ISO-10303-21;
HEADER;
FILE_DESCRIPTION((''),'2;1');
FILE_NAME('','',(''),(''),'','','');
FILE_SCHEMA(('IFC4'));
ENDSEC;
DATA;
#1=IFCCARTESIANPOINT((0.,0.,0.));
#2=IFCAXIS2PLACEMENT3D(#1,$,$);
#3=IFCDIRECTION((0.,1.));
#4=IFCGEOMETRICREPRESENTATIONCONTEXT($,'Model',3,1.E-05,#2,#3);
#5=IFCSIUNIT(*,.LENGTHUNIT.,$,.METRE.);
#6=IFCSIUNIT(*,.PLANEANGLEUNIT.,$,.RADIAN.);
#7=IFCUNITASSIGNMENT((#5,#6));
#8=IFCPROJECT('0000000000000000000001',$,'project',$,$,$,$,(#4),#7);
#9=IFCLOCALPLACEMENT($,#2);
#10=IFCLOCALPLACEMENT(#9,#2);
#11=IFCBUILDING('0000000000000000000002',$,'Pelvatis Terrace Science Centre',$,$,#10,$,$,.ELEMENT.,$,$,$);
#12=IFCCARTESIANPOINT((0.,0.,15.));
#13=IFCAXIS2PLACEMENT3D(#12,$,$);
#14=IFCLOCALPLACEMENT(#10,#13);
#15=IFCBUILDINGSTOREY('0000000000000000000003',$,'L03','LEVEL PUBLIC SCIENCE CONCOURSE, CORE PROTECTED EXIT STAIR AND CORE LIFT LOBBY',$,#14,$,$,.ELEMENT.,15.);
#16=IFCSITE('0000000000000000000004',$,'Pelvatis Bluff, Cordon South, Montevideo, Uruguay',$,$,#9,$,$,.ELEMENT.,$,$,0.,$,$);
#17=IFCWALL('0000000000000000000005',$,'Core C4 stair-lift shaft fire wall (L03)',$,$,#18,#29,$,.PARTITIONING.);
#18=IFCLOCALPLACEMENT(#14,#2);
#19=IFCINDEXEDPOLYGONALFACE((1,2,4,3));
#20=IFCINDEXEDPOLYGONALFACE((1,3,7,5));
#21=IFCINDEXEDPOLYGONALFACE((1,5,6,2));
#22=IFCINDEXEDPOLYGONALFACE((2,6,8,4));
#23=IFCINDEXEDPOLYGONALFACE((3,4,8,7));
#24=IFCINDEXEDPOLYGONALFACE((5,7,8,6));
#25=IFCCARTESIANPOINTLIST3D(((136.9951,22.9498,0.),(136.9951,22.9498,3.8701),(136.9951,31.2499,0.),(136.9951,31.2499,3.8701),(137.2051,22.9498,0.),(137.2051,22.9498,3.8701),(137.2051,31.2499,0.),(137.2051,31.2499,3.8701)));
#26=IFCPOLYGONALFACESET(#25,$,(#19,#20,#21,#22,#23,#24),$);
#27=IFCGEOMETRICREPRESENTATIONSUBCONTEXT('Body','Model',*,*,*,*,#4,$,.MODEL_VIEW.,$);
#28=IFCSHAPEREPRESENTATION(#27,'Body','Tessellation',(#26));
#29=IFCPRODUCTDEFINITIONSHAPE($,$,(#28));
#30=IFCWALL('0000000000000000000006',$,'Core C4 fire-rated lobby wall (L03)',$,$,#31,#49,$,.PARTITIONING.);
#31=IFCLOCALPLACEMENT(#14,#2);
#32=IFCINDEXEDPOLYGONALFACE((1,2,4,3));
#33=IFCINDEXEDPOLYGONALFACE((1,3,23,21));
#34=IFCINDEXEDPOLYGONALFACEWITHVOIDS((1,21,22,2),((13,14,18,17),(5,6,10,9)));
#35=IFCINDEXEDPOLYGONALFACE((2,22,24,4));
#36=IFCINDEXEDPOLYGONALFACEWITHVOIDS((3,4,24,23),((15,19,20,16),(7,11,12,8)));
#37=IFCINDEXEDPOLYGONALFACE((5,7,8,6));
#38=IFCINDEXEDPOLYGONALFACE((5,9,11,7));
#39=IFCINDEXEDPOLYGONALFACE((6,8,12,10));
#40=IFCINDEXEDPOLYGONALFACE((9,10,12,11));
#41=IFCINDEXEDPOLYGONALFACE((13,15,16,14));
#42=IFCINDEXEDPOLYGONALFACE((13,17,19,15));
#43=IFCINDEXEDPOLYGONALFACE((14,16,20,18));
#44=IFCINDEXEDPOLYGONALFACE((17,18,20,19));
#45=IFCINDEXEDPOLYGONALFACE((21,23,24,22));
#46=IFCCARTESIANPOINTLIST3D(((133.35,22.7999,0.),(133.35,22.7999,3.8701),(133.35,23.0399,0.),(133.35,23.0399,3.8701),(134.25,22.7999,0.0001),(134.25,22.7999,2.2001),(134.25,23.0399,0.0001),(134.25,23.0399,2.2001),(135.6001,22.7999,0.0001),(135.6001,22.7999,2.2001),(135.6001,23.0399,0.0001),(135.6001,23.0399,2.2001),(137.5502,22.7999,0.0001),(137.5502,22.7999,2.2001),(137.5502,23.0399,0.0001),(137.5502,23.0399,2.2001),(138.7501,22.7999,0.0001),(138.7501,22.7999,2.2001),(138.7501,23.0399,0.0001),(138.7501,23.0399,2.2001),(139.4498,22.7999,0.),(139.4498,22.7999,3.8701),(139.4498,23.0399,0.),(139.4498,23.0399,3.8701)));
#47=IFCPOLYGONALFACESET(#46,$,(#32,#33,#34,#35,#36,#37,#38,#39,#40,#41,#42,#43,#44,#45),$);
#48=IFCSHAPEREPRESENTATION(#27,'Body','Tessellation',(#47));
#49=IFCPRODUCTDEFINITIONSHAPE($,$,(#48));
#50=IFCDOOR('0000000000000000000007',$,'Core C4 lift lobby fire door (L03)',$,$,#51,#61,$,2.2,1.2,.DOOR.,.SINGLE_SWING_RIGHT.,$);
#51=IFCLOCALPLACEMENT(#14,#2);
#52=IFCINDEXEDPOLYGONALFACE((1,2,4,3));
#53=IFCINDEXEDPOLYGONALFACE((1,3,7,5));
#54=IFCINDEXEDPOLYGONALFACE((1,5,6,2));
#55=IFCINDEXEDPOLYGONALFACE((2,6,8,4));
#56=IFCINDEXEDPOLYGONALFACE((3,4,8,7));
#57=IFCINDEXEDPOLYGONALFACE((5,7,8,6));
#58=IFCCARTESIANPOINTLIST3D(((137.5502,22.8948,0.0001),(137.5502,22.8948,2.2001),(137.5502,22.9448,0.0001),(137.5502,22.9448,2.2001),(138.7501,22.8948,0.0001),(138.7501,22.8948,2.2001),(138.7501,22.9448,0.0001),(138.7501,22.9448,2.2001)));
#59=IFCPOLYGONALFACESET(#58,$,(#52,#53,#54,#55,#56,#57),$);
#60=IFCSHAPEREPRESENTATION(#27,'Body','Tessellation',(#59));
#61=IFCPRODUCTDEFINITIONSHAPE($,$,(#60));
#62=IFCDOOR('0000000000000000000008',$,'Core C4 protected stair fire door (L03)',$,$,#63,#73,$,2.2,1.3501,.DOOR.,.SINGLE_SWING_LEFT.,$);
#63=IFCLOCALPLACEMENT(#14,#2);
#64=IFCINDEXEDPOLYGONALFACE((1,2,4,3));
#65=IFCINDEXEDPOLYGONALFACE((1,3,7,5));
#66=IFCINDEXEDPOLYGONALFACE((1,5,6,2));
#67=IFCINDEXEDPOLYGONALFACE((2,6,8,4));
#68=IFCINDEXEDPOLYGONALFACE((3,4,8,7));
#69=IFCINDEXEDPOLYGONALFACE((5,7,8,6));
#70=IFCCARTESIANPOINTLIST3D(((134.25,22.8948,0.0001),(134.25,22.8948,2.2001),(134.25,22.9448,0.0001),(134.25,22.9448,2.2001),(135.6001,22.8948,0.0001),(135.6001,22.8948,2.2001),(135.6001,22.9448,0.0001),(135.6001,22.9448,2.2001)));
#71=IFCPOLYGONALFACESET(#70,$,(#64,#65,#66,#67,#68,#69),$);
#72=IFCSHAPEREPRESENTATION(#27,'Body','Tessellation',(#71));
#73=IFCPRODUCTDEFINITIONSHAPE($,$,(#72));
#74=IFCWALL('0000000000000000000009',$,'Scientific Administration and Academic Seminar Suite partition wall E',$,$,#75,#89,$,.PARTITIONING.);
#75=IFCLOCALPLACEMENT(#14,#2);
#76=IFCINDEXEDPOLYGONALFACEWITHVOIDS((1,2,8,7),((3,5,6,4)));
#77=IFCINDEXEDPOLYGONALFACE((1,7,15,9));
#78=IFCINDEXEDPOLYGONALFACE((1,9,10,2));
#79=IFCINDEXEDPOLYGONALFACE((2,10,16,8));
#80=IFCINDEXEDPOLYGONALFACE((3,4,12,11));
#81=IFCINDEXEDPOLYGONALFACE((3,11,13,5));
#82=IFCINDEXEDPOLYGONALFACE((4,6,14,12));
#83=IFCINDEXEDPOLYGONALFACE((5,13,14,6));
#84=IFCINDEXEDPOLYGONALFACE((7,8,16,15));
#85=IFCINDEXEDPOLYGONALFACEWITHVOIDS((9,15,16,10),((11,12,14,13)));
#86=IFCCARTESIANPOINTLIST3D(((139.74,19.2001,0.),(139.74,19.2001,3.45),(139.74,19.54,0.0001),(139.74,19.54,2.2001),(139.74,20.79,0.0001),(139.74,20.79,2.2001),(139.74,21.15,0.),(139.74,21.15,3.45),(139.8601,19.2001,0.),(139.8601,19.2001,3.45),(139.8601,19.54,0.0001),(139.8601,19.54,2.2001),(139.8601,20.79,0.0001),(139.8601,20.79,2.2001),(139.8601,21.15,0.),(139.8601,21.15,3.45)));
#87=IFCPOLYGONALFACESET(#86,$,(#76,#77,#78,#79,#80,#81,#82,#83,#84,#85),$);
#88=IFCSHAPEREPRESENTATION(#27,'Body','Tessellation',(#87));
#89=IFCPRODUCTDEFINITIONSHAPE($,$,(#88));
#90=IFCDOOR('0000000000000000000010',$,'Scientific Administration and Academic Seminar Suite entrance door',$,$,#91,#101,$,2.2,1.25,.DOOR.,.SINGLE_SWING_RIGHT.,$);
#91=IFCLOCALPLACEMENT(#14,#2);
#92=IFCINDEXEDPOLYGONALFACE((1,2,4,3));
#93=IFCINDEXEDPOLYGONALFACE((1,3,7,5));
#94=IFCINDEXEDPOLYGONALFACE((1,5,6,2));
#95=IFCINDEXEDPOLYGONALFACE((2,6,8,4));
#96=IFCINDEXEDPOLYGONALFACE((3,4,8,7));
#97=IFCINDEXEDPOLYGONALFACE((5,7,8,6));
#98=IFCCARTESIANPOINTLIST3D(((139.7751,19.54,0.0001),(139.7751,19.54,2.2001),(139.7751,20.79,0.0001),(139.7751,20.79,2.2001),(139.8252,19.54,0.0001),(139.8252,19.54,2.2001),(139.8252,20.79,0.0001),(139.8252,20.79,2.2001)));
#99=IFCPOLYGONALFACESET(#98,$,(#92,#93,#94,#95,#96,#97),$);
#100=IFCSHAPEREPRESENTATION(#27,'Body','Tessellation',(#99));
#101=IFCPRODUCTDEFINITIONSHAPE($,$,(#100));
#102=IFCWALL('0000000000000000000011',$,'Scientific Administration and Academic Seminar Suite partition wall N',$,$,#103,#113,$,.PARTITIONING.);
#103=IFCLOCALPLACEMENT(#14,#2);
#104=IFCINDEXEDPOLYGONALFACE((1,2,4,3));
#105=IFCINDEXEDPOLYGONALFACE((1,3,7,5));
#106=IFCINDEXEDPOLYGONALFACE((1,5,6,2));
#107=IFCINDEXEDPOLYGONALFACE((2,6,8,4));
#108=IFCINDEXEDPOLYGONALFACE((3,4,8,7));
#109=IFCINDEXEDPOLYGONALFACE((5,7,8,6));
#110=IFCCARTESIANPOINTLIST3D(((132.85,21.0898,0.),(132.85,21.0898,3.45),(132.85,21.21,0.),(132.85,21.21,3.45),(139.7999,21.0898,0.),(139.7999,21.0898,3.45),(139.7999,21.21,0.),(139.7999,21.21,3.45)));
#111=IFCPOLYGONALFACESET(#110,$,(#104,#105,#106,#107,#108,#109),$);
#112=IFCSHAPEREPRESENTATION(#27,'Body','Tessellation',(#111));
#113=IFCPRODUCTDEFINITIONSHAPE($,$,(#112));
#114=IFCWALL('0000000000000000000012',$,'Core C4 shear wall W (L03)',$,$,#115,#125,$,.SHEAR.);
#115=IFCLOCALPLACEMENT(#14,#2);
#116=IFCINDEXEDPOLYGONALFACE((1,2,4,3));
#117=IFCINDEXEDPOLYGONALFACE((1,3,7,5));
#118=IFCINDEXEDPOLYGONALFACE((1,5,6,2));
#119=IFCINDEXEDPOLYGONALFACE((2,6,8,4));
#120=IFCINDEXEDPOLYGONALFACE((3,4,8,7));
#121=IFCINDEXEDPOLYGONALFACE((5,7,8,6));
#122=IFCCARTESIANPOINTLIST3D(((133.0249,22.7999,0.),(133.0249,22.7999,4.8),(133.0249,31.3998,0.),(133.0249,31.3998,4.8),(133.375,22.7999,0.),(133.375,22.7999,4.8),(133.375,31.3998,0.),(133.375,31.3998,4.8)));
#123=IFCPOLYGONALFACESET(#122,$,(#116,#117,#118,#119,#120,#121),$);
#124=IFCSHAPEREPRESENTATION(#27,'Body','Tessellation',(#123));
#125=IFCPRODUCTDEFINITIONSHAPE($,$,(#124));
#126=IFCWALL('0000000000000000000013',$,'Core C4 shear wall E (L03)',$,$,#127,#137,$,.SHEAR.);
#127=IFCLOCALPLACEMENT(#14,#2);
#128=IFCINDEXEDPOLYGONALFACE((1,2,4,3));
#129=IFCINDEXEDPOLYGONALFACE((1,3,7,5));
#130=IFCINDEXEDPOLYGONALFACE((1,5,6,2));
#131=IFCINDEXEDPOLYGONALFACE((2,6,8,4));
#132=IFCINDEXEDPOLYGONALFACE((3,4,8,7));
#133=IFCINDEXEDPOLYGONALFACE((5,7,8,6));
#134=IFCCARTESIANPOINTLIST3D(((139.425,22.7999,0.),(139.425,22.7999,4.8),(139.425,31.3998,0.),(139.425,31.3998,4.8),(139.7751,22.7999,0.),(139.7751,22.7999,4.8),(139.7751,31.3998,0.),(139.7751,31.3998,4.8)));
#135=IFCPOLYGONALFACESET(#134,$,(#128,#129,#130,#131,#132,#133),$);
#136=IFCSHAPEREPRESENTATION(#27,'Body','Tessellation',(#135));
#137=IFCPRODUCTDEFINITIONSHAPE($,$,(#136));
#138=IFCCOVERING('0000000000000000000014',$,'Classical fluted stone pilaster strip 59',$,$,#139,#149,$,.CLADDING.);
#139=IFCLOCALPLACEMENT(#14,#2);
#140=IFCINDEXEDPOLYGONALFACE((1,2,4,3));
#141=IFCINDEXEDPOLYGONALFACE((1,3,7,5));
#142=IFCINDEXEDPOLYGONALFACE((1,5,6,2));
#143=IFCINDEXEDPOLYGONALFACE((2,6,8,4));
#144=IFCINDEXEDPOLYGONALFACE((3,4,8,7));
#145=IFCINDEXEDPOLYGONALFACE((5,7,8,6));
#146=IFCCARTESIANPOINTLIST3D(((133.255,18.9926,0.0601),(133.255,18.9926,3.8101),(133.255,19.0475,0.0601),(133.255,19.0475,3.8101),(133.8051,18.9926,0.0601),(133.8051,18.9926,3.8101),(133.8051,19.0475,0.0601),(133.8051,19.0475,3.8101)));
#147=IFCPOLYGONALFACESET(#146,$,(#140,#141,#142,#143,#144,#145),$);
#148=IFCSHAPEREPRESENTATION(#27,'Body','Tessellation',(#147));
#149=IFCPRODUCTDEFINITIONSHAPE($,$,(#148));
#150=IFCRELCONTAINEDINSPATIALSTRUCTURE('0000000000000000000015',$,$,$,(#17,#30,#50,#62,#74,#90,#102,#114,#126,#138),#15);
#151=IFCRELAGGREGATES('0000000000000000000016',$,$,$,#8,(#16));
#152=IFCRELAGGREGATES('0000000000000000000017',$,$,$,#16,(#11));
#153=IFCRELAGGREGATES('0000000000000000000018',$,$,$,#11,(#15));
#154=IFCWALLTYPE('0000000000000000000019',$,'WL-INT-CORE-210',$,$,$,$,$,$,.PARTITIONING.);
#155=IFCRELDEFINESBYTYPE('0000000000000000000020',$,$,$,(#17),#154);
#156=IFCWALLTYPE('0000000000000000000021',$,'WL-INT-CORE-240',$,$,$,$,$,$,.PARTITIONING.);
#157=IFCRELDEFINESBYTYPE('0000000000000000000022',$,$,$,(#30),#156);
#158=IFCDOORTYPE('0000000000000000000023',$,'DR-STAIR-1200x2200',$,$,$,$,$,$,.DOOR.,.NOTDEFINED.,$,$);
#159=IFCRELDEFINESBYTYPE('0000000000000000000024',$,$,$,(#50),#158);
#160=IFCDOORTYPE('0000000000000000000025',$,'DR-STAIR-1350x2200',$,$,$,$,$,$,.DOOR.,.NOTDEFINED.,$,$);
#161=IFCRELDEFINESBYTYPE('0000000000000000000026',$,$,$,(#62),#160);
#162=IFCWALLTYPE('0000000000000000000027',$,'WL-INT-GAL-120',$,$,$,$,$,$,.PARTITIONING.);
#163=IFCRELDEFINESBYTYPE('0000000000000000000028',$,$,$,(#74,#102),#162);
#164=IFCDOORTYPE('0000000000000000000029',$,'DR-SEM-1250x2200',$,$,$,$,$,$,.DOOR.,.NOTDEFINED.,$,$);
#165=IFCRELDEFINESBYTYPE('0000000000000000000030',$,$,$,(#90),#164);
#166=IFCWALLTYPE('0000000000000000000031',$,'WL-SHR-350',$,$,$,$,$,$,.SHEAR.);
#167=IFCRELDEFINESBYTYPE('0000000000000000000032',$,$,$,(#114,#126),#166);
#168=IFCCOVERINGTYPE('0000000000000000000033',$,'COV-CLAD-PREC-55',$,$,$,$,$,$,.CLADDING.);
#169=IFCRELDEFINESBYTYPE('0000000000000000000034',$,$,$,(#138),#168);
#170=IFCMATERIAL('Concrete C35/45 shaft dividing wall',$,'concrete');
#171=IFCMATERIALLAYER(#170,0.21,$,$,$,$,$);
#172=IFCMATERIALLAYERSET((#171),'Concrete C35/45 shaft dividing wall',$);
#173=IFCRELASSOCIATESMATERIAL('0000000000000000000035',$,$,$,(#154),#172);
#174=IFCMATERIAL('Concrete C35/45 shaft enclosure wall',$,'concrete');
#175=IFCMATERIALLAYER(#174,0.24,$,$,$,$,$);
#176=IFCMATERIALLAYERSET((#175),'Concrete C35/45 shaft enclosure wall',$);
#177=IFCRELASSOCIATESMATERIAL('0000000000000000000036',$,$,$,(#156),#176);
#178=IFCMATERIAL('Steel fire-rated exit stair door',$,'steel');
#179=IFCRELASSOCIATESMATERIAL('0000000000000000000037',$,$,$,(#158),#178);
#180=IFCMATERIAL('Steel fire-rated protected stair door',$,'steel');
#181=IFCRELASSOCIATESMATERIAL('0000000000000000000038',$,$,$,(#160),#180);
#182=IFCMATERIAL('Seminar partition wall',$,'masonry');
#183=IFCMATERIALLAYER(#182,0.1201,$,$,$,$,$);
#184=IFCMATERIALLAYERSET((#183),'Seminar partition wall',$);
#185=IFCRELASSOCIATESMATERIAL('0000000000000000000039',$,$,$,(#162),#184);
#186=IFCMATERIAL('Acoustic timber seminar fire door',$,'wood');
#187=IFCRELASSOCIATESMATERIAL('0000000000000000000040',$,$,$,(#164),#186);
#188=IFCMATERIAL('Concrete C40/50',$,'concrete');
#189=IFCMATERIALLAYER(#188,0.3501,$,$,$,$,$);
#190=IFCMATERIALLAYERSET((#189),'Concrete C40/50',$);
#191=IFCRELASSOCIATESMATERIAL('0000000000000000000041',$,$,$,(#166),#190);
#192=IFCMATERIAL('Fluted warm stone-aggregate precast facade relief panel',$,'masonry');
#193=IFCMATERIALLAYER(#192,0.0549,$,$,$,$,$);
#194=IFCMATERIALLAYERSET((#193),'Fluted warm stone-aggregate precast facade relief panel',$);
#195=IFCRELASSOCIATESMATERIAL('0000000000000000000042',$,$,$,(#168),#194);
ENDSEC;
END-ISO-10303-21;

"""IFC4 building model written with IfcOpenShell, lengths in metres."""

from ifc_helpers import new_model, si_unit, direction, frame, frame_2d, origin, origin_2d, place, context, subcontext, project, spatial, rectangle, extrude, material, layer, layer_set, type_object, element, fill, save


model = new_model("IFC4")

# Units and contexts
model_context = context("Model", 3, precision=1e-05, world=origin(), true_north=direction((0.0, 1.0)))
body_context = subcontext(model_context, "Body", "Model", "MODEL_VIEW")
ifc_project = project(units=[si_unit("LENGTHUNIT", "METRE"), si_unit("PLANEANGLEUNIT", "RADIAN")], contexts=[model_context])

# Site, building, storey
site_placement = place(None, origin())
site = spatial("IfcSite", under=ifc_project, at=site_placement, Name="Pelvatis Bluff, Cordon South, Montevideo, Uruguay", CompositionType="ELEMENT", RefElevation=0.0)
building_placement = place(site_placement, origin())
building = spatial("IfcBuilding", under=site, at=building_placement, Name="Pelvatis Terrace Science Centre", CompositionType="ELEMENT")
storey_placement = place(building_placement, frame((0.0, 0.0, 15.0)))
storey = spatial("IfcBuildingStorey", under=building, at=storey_placement, Name="L03", Description="LEVEL PUBLIC SCIENCE CONCOURSE, CORE PROTECTED EXIT STAIR AND CORE LIFT LOBBY", CompositionType="ELEMENT", Elevation=15.0)

# Wall
ifc_material_1 = material(Name="Concrete C35/45 shaft dividing wall", Category="concrete")
ifc_layer_1 = layer(ifc_material_1, 0.21)
ifc_layer_set_1 = layer_set([ifc_layer_1], Name="Concrete C35/45 shaft dividing wall")
wall_type_1 = type_object("IfcWallType", Name="WL-INT-CORE-210", PredefinedType="PARTITIONING", material=ifc_layer_set_1)
wall_1_placement = place(storey_placement, frame((137.1001, 22.95, 0.0), z_axis=(0.0, 0.0, 1.0), x_axis=(0.0, 1.0, 0.0)))
element("IfcWall", 1, at=wall_1_placement, inside=storey, type_object=wall_type_1, Name="Core C4 stair-lift shaft fire wall (L03)", PredefinedType="PARTITIONING", context=body_context, shape_type="SweptSolid", body=[
    extrude(rectangle(XDim=8.3, YDim=0.21, at=frame_2d((4.1499, 0.0))), origin(), (0.0, 0.0, 1.0), 3.8701),
])

# Wall, openings, doors
ifc_material_2 = material(Name="Concrete C35/45 shaft enclosure wall", Category="concrete")
ifc_layer_2 = layer(ifc_material_2, 0.24)
ifc_layer_set_2 = layer_set([ifc_layer_2], Name="Concrete C35/45 shaft enclosure wall")
wall_type_2 = type_object("IfcWallType", Name="WL-INT-CORE-240", PredefinedType="PARTITIONING", material=ifc_layer_set_2)
wall_2_placement = place(storey_placement, frame((133.3501, 22.9199, 0.0), z_axis=(0.0, 0.0, 1.0), x_axis=(1.0, 0.0, 0.0)))
wall_2 = element("IfcWall", 2, at=wall_2_placement, inside=storey, type_object=wall_type_2, Name="Core C4 fire-rated lobby wall (L03)", PredefinedType="PARTITIONING", context=body_context, shape_type="SweptSolid", body=[
    extrude(rectangle(XDim=6.0999, YDim=0.24, at=frame_2d((3.0498, 0.0))), origin(), (0.0, 0.0, 1.0), 3.8701),
])
opening_1_placement = place(wall_2_placement, frame((0.8999, 0.0, 0.0)))
opening_1 = element("IfcOpeningElement", 3, at=opening_1_placement, cuts=wall_2, PredefinedType="OPENING", context=body_context, shape_type="SweptSolid", body=[
    extrude(rectangle(XDim=1.3501, YDim=2.2, at=frame_2d((0.675, 1.1001))), frame((0.0, 0.1299, 0.0), z_axis=(0.0, -1.0, 0.0), x_axis=(1.0, 0.0, 0.0)), (0.0, 0.0, 1.0), 0.26),
])
opening_2_placement = place(wall_2_placement, frame((4.2, 0.0, 0.0)))
opening_2 = element("IfcOpeningElement", 4, at=opening_2_placement, cuts=wall_2, PredefinedType="OPENING", context=body_context, shape_type="SweptSolid", body=[
    extrude(rectangle(XDim=1.2, YDim=2.2, at=frame_2d((0.6001, 1.1001))), frame((0.0, 0.1299, 0.0), z_axis=(0.0, -1.0, 0.0), x_axis=(1.0, 0.0, 0.0)), (0.0, 0.0, 1.0), 0.26),
])
ifc_material_3 = material(Name="Steel fire-rated exit stair door", Category="steel")
door_type_1 = type_object("IfcDoorType", Name="DR-STAIR-1200x2200", OperationType="NOTDEFINED", PredefinedType="DOOR", material=ifc_material_3)
door_1_placement = place(opening_2_placement, origin())
door_1 = element("IfcDoor", 5, at=door_1_placement, inside=storey, type_object=door_type_1, Name="Core C4 lift lobby fire door (L03)", OperationType="SINGLE_SWING_RIGHT", OverallHeight=2.2, OverallWidth=1.2, PredefinedType="DOOR", context=body_context, shape_type="SweptSolid", body=[
    extrude(rectangle(XDim=1.2, YDim=2.2, at=frame_2d((0.6001, 1.1001))), frame((0.0, 0.0249, 0.0), z_axis=(0.0, -1.0, 0.0), x_axis=(1.0, 0.0, 0.0)), (0.0, 0.0, 1.0), 0.05),
])
fill(opening_2, door_1)
ifc_material_4 = material(Name="Steel fire-rated protected stair door", Category="steel")
door_type_2 = type_object("IfcDoorType", Name="DR-STAIR-1350x2200", OperationType="NOTDEFINED", PredefinedType="DOOR", material=ifc_material_4)
door_2_placement = place(opening_1_placement, origin())
door_2 = element("IfcDoor", 6, at=door_2_placement, inside=storey, type_object=door_type_2, Name="Core C4 protected stair fire door (L03)", OperationType="SINGLE_SWING_LEFT", OverallHeight=2.2, OverallWidth=1.3501, PredefinedType="DOOR", context=body_context, shape_type="SweptSolid", body=[
    extrude(rectangle(XDim=1.3501, YDim=2.2, at=frame_2d((0.675, 1.1001))), frame((0.0, 0.0249, 0.0), z_axis=(0.0, -1.0, 0.0), x_axis=(1.0, 0.0, 0.0)), (0.0, 0.0, 1.0), 0.05),
])
fill(opening_1, door_2)

# Wall, opening, door
ifc_material_5 = material(Name="Seminar partition wall", Category="masonry")
ifc_layer_3 = layer(ifc_material_5, 0.1201)
ifc_layer_set_3 = layer_set([ifc_layer_3], Name="Seminar partition wall")
wall_type_3 = type_object("IfcWallType", Name="WL-INT-GAL-120", PredefinedType="PARTITIONING", material=ifc_layer_set_3)
wall_3_placement = place(storey_placement, frame((139.8, 19.2, 0.0), z_axis=(0.0, 0.0, 1.0), x_axis=(0.0, 1.0, 0.0)))
wall_3 = element("IfcWall", 7, at=wall_3_placement, inside=storey, type_object=wall_type_3, Name="Scientific Administration and Academic Seminar Suite partition wall E", PredefinedType="PARTITIONING", context=body_context, shape_type="SweptSolid", body=[
    extrude(rectangle(XDim=1.95, YDim=0.1201, at=frame_2d((0.9751, 0.0))), origin(), (0.0, 0.0, 1.0), 3.45),
])
opening_3_placement = place(wall_3_placement, frame((0.3401, 0.0, 0.0)))
opening_3 = element("IfcOpeningElement", 8, at=opening_3_placement, cuts=wall_3, PredefinedType="OPENING", context=body_context, shape_type="SweptSolid", body=[
    extrude(rectangle(XDim=1.25, YDim=2.2, at=frame_2d((0.625, 1.1001))), frame((0.0, 0.0701, 0.0), z_axis=(0.0, -1.0, 0.0), x_axis=(1.0, 0.0, 0.0)), (0.0, 0.0, 1.0), 0.1401),
])
ifc_material_6 = material(Name="Acoustic timber seminar fire door", Category="wood")
door_type_3 = type_object("IfcDoorType", Name="DR-SEM-1250x2200", OperationType="NOTDEFINED", PredefinedType="DOOR", material=ifc_material_6)
door_3_placement = place(opening_3_placement, origin())
door_3 = element("IfcDoor", 9, at=door_3_placement, inside=storey, type_object=door_type_3, Name="Scientific Administration and Academic Seminar Suite entrance door", OperationType="SINGLE_SWING_RIGHT", OverallHeight=2.2, OverallWidth=1.25, PredefinedType="DOOR", context=body_context, shape_type="SweptSolid", body=[
    extrude(rectangle(XDim=1.25, YDim=2.2, at=frame_2d((0.625, 1.1001))), frame((0.0, 0.0249, 0.0), z_axis=(0.0, -1.0, 0.0), x_axis=(1.0, 0.0, 0.0)), (0.0, 0.0, 1.0), 0.05),
])
fill(opening_3, door_3)

# Walls
wall_4_placement = place(storey_placement, frame((139.8, 21.1499, 0.0), z_axis=(0.0, 0.0, 1.0), x_axis=(-1.0, 0.0, 0.0)))
element("IfcWall", 10, at=wall_4_placement, inside=storey, type_object=wall_type_3, Name="Scientific Administration and Academic Seminar Suite partition wall N", PredefinedType="PARTITIONING", context=body_context, shape_type="SweptSolid", body=[
    extrude(rectangle(XDim=6.95, YDim=0.1201, at=frame_2d((3.4751, 0.0))), origin(), (0.0, 0.0, 1.0), 3.45),
])
ifc_material_7 = material(Name="Concrete C40/50", Category="concrete")
ifc_layer_4 = layer(ifc_material_7, 0.3501)
ifc_layer_set_4 = layer_set([ifc_layer_4], Name="Concrete C40/50")
wall_type_4 = type_object("IfcWallType", Name="WL-SHR-350", PredefinedType="SHEAR", material=ifc_layer_set_4)
for number, where, z_axis, x_axis, name in (
    (11, (133.2, 22.8, 0.0), (0.0, 0.0, 1.0), (0.0, 1.0, 0.0), "Core C4 shear wall W (L03)"),
    (12, (139.6001, 22.8, 0.0), (0.0, 0.0, 1.0), (0.0, 1.0, 0.0), "Core C4 shear wall E (L03)"),
):
    element("IfcWall", number, at=place(storey_placement, frame(where, z_axis=z_axis, x_axis=x_axis)), inside=storey, type_object=wall_type_4, Name=name, PredefinedType="SHEAR", context=body_context, shape_type="SweptSolid", body=[
        extrude(rectangle(XDim=8.5999, YDim=0.3501, at=frame_2d((4.2998, 0.0))), origin(), (0.0, 0.0, 1.0), 4.8),
    ])

# Covering
ifc_material_8 = material(Name="Fluted warm stone-aggregate precast facade relief panel", Category="masonry")
ifc_layer_5 = layer(ifc_material_8, 0.0549)
ifc_layer_set_5 = layer_set([ifc_layer_5], Name="Fluted warm stone-aggregate precast facade relief panel")
covering_type = type_object("IfcCoveringType", Name="COV-CLAD-PREC-55", PredefinedType="CLADDING", material=ifc_layer_set_5)
covering_placement = place(storey_placement, frame((133.53, 19.02, 0.0601), z_axis=(0.0, 0.0, 1.0), x_axis=(1.0, 0.0, 0.0)))
element("IfcCovering", 13, at=covering_placement, inside=storey, type_object=covering_type, Name="Classical fluted stone pilaster strip 59", PredefinedType="CLADDING", context=body_context, shape_type="SweptSolid", body=[
    extrude(rectangle(XDim=0.55, YDim=0.0549, at=origin_2d()), origin(), (0.0, 0.0, 1.0), 3.75),
])

save(model, "model.ifc")
